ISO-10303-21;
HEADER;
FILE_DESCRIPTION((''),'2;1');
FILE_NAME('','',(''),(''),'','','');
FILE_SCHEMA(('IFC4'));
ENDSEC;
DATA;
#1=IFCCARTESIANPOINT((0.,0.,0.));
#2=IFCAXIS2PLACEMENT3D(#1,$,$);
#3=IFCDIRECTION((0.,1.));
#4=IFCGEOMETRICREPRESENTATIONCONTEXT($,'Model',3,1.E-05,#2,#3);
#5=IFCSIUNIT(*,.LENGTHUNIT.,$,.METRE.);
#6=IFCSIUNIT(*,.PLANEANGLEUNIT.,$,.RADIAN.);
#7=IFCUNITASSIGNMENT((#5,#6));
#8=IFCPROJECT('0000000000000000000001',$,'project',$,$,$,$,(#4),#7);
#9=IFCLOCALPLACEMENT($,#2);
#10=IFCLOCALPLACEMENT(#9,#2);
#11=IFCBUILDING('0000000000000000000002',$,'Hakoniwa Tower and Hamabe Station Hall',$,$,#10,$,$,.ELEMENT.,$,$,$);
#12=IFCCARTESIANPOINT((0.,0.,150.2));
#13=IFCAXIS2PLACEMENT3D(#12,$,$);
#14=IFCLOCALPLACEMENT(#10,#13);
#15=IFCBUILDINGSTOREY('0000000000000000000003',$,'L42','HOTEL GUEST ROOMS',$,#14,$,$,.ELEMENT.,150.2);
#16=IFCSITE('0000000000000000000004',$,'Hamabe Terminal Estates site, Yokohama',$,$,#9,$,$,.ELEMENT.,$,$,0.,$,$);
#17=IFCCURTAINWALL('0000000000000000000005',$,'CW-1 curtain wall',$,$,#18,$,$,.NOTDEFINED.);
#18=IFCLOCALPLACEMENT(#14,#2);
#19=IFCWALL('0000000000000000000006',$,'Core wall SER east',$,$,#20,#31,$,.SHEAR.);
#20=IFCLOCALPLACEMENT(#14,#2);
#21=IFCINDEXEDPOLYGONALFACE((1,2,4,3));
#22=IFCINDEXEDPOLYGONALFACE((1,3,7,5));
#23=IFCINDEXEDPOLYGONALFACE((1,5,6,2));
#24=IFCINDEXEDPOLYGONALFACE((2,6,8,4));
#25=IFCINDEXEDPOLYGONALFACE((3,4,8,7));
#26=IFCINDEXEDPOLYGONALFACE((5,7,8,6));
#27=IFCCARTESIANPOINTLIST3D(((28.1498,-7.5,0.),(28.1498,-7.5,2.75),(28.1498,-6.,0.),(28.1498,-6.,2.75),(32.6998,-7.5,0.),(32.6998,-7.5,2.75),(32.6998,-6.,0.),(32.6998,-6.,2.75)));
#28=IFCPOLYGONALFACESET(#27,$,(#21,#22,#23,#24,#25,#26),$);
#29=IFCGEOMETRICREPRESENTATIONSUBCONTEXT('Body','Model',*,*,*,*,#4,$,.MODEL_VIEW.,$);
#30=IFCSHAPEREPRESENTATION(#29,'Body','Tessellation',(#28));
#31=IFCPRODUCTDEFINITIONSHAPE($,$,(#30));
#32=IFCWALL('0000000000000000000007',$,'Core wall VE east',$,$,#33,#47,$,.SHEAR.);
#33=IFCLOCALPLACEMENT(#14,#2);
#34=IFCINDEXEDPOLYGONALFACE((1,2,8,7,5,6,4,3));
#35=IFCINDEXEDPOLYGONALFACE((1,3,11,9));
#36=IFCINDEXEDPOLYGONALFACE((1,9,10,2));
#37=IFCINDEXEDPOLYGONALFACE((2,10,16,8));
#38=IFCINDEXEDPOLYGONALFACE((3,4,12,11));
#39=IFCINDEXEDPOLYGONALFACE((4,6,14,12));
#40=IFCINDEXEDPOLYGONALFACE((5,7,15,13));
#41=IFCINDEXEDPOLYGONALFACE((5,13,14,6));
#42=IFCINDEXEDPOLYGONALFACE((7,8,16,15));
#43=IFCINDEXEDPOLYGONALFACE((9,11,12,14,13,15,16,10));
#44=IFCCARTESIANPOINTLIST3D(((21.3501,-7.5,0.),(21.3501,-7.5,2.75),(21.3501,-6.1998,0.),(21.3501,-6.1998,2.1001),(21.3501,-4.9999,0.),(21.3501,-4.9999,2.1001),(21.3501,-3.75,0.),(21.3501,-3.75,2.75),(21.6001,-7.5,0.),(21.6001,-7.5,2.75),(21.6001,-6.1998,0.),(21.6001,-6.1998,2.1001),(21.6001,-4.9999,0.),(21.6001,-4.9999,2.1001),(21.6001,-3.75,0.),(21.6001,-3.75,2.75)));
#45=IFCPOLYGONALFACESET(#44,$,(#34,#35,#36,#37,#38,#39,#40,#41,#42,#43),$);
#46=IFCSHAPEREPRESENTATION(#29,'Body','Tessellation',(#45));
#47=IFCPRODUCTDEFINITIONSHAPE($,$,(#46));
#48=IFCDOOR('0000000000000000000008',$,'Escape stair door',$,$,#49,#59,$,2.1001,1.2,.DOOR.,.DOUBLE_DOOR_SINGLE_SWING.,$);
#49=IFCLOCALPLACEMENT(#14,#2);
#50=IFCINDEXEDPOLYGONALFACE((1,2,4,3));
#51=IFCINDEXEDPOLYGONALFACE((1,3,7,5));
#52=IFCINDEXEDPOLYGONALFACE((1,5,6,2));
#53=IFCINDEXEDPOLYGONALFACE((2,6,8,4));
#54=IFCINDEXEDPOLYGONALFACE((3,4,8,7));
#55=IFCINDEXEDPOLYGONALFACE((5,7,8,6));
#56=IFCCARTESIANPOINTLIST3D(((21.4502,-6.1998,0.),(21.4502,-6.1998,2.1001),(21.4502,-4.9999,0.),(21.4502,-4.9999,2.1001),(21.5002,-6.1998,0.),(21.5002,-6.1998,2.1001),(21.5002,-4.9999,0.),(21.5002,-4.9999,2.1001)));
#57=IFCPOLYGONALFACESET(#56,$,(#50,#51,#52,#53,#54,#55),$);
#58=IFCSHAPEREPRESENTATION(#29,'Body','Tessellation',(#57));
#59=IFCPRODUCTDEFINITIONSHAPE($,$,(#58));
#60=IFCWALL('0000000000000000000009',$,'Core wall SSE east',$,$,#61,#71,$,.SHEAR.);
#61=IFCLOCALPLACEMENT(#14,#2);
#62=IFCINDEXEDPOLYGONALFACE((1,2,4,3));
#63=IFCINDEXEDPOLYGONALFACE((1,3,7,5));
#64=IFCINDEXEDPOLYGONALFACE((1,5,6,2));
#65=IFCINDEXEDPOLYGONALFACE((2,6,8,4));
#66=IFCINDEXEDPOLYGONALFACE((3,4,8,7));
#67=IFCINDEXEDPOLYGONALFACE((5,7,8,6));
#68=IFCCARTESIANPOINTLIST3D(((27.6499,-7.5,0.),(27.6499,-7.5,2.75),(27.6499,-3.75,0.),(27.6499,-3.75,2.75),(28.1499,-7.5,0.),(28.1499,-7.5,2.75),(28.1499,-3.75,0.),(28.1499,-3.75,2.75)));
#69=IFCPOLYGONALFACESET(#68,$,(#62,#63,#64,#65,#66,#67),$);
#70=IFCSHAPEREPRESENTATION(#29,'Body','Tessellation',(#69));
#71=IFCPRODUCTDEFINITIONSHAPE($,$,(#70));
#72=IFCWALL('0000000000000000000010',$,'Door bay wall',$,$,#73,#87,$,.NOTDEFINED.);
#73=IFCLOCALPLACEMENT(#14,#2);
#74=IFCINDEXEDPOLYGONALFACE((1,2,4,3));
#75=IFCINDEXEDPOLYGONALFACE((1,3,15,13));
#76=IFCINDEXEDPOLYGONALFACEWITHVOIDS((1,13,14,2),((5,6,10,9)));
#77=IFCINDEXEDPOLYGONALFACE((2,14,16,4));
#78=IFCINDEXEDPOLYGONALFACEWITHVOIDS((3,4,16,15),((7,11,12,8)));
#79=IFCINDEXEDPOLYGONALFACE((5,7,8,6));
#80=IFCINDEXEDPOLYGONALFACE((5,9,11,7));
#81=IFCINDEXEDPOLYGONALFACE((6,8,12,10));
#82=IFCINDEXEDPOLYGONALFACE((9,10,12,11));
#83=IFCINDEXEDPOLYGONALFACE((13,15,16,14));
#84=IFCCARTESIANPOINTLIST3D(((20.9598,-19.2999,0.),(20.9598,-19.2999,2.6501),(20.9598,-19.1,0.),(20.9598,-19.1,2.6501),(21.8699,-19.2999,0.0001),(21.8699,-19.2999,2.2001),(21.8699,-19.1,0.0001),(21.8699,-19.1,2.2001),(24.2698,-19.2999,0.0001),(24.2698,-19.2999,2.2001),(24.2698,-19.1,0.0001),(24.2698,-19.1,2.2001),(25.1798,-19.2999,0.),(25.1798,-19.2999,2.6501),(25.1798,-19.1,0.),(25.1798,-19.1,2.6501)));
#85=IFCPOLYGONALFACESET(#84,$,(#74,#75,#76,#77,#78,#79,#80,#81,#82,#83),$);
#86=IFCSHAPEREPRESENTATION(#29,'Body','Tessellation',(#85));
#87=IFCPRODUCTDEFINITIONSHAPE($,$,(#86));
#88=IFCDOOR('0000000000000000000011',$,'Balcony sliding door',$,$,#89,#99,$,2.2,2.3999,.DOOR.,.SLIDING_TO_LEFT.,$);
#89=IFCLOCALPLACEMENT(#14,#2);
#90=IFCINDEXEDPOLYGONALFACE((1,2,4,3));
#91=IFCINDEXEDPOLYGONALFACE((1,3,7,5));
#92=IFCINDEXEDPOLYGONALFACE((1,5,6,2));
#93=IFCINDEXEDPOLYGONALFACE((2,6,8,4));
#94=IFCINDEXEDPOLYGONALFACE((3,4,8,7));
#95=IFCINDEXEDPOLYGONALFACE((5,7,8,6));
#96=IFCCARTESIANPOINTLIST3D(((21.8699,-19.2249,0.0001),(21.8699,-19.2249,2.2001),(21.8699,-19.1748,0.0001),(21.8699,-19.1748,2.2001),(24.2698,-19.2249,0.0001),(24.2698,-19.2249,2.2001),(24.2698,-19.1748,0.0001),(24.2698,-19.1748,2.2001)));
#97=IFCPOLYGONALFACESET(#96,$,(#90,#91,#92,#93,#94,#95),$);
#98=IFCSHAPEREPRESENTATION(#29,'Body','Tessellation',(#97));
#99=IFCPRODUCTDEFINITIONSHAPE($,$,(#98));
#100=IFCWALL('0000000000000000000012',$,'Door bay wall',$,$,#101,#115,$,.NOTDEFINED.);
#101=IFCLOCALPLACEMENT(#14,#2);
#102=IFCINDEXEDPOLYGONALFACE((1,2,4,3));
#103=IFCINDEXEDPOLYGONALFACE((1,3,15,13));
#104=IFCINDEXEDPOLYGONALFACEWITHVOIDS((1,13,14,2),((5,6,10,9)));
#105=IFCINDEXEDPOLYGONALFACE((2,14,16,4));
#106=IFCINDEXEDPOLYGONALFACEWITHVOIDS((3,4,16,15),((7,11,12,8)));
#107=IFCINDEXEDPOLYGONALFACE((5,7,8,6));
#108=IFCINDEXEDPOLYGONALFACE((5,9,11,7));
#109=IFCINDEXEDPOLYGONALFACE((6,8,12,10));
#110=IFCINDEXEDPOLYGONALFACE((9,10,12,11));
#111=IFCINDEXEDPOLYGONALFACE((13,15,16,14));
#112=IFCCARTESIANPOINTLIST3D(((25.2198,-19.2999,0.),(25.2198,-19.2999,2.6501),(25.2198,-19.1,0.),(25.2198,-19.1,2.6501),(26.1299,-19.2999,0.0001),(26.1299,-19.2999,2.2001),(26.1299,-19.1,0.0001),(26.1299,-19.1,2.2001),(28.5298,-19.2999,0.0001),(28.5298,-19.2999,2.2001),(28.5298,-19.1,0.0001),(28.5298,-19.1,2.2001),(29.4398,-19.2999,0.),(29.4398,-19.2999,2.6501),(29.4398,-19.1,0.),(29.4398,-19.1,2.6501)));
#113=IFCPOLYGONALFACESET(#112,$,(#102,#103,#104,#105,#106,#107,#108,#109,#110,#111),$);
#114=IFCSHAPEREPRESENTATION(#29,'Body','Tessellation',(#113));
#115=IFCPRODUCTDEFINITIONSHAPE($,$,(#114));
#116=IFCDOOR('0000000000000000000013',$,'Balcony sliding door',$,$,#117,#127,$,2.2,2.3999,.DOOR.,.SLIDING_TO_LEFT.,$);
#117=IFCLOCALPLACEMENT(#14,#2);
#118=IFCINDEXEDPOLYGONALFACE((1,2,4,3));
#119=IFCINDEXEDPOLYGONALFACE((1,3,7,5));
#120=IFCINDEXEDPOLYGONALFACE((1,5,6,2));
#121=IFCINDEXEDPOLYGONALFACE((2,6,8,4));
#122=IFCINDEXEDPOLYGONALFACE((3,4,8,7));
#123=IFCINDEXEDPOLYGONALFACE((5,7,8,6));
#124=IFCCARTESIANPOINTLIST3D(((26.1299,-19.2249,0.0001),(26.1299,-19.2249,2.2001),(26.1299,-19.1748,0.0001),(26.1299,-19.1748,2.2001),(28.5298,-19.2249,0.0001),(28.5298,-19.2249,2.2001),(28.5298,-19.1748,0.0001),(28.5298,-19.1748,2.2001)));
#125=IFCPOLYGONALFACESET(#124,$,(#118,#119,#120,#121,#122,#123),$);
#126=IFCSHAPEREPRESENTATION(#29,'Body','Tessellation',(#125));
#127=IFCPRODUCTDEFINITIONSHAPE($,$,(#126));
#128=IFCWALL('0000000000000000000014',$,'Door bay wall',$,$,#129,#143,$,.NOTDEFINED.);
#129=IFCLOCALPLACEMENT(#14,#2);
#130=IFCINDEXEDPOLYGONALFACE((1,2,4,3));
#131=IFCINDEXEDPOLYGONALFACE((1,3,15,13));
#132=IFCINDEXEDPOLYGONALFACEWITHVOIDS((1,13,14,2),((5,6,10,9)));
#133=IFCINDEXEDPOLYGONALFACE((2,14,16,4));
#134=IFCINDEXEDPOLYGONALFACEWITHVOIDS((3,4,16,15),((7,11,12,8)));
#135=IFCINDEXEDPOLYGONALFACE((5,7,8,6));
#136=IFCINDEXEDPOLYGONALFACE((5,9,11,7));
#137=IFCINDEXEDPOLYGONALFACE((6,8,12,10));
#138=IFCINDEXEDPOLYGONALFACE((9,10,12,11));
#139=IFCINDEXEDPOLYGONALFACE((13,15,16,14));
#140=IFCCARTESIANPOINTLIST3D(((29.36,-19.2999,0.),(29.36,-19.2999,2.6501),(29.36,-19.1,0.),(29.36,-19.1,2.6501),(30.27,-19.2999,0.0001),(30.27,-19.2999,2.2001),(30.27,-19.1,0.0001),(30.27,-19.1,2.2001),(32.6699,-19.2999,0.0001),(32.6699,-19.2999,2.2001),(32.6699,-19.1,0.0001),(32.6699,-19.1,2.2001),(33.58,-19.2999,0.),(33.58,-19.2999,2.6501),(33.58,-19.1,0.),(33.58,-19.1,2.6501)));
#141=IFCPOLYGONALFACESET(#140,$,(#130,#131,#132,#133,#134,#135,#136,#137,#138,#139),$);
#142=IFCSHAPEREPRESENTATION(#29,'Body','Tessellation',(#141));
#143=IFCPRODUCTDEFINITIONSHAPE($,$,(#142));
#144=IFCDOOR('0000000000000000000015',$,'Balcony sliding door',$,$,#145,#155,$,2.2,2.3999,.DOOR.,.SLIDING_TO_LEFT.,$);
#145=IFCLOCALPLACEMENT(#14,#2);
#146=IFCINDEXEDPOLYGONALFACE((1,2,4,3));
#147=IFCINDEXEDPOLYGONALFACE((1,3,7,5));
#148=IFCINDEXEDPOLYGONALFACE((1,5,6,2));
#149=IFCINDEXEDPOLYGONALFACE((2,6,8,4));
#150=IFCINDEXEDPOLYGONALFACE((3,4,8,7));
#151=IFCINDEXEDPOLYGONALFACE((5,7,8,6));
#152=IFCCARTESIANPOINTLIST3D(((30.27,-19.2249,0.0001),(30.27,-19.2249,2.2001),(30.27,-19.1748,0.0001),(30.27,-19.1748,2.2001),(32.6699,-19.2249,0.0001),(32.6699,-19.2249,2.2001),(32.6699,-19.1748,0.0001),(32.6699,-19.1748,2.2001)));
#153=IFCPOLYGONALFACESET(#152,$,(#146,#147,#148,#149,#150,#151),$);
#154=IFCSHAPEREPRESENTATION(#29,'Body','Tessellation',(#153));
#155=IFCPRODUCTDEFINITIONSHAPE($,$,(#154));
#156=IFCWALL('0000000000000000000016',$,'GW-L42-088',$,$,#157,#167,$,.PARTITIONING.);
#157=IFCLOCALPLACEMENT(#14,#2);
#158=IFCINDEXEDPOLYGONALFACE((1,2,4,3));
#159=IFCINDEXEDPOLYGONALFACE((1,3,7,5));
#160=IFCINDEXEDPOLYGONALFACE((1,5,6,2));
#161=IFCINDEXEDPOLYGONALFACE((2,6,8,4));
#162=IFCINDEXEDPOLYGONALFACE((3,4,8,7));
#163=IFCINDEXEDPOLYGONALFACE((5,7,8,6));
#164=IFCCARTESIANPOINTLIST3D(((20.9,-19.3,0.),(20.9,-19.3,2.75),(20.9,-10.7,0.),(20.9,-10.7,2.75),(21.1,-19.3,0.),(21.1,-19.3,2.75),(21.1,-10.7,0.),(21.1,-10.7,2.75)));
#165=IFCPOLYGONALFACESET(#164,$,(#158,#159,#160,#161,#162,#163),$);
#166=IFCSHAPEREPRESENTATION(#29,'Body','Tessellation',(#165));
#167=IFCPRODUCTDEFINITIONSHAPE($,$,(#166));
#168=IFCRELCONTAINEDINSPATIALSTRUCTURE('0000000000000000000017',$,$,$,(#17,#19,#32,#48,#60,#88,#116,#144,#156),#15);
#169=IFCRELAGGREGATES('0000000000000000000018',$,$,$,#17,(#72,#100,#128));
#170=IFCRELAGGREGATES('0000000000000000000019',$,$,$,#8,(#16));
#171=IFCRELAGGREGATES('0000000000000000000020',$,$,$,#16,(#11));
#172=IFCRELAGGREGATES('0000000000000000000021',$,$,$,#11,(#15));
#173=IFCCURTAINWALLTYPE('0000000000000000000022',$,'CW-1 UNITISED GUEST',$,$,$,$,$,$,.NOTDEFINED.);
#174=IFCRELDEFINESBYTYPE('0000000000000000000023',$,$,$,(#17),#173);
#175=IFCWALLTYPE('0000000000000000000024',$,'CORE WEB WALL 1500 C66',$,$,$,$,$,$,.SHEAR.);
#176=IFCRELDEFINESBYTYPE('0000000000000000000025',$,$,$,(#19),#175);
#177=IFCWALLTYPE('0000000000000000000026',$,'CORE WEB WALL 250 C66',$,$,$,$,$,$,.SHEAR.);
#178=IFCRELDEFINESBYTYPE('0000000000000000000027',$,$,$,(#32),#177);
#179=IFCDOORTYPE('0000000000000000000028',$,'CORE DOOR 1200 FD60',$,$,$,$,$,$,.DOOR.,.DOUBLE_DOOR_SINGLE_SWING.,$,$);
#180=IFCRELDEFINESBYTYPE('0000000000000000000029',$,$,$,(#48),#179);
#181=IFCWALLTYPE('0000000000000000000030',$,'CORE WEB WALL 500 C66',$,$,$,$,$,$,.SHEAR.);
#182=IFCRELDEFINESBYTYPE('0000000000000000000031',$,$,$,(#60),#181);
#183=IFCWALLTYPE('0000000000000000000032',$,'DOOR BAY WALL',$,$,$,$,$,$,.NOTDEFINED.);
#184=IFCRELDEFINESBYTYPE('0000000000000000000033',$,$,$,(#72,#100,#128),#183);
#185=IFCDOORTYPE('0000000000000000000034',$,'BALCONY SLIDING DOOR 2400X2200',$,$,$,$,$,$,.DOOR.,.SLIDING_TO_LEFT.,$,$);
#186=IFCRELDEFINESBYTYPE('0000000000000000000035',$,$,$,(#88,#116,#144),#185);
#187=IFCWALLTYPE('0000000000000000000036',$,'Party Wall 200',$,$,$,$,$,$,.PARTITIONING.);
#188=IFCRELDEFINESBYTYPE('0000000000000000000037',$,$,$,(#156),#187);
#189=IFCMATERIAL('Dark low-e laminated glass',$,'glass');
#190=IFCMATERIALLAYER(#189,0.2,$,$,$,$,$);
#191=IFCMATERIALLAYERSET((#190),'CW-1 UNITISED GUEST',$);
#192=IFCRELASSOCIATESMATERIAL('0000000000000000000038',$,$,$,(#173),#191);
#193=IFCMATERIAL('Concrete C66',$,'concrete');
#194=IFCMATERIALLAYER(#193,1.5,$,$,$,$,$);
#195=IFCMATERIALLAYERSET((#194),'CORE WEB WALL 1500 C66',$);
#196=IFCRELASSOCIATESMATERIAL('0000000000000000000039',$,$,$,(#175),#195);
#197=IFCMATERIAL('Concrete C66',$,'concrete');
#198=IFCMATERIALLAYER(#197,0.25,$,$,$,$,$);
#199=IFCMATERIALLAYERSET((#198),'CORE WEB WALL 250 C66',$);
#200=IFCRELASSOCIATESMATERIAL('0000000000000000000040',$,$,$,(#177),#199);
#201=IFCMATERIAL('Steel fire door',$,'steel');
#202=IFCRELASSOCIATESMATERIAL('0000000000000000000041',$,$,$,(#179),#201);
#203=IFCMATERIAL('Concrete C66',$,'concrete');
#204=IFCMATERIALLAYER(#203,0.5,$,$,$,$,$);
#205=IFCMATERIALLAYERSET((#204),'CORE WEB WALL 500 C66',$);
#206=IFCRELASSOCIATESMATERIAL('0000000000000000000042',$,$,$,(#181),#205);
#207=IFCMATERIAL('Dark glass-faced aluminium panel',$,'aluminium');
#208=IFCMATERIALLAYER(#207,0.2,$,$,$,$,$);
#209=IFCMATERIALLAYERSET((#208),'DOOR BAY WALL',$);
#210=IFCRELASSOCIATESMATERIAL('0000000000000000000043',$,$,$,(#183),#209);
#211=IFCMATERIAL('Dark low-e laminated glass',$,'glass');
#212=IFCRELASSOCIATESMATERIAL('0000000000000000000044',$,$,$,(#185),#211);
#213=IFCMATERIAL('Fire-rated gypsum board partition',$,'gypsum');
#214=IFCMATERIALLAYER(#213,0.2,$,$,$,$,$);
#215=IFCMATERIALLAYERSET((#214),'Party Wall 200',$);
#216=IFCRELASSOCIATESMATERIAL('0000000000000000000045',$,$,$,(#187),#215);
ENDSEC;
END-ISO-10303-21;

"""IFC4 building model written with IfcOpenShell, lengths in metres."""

from ifc_helpers import new_model, si_unit, direction, frame, frame_2d, origin, place, context, subcontext, project, spatial, rectangle, extrude, material, layer, layer_set, type_object, element, fill, aggregate, save


model = new_model("IFC4")

# Units and contexts
model_context = context("Model", 3, precision=1e-05, world=origin(), true_north=direction((0.0, 1.0)))
body_context = subcontext(model_context, "Body", "Model", "MODEL_VIEW")
ifc_project = project(units=[si_unit("LENGTHUNIT", "METRE"), si_unit("PLANEANGLEUNIT", "RADIAN")], contexts=[model_context])

# Site, building, storey
site_placement = place(None, origin())
site = spatial("IfcSite", under=ifc_project, at=site_placement, Name="Hamabe Terminal Estates site, Yokohama", CompositionType="ELEMENT", RefElevation=0.0)
building_placement = place(site_placement, origin())
building = spatial("IfcBuilding", under=site, at=building_placement, Name="Hakoniwa Tower and Hamabe Station Hall", CompositionType="ELEMENT")
storey_placement = place(building_placement, frame((0.0, 0.0, 150.2)))
storey = spatial("IfcBuildingStorey", under=building, at=storey_placement, Name="L42", Description="HOTEL GUEST ROOMS", CompositionType="ELEMENT", Elevation=150.2)

# Curtain wall
ifc_material_1 = material(Name="Dark low-e laminated glass", Category="glass")
ifc_layer_1 = layer(ifc_material_1, 0.2)
ifc_layer_set_1 = layer_set([ifc_layer_1], Name="CW-1 UNITISED GUEST")
curtain_wall_type = type_object("IfcCurtainWallType", Name="CW-1 UNITISED GUEST", PredefinedType="NOTDEFINED", material=ifc_layer_set_1)
curtain_wall_placement = place(storey_placement, origin())
curtain_wall = element("IfcCurtainWall", 1, at=curtain_wall_placement, inside=storey, type_object=curtain_wall_type, Name="CW-1 curtain wall", PredefinedType="NOTDEFINED")

# Wall
ifc_material_2 = material(Name="Concrete C66", Category="concrete")
ifc_layer_2 = layer(ifc_material_2, 1.5)
ifc_layer_set_2 = layer_set([ifc_layer_2], Name="CORE WEB WALL 1500 C66")
wall_type_1 = type_object("IfcWallType", Name="CORE WEB WALL 1500 C66", PredefinedType="SHEAR", material=ifc_layer_set_2)
wall_1_placement = place(storey_placement, frame((28.1499, -6.75, 0.0), z_axis=(0.0, 0.0, 1.0), x_axis=(1.0, 0.0, 0.0)))
element("IfcWall", 2, at=wall_1_placement, inside=storey, type_object=wall_type_1, Name="Core wall SER east", PredefinedType="SHEAR", context=body_context, shape_type="SweptSolid", body=[
    extrude(rectangle(XDim=4.55, YDim=1.5, at=frame_2d((2.2749, 0.0))), origin(), (0.0, 0.0, 1.0), 2.75),
])

# Wall, opening, door
ifc_material_3 = material(Name="Concrete C66", Category="concrete")
ifc_layer_3 = layer(ifc_material_3, 0.25)
ifc_layer_set_3 = layer_set([ifc_layer_3], Name="CORE WEB WALL 250 C66")
wall_type_2 = type_object("IfcWallType", Name="CORE WEB WALL 250 C66", PredefinedType="SHEAR", material=ifc_layer_set_3)
wall_2_placement = place(storey_placement, frame((21.4751, -7.5, 0.0), z_axis=(0.0, 0.0, 1.0), x_axis=(0.0, 1.0, 0.0)))
wall_2 = element("IfcWall", 3, at=wall_2_placement, inside=storey, type_object=wall_type_2, Name="Core wall VE east", PredefinedType="SHEAR", context=body_context, shape_type="SweptSolid", body=[
    extrude(rectangle(XDim=3.75, YDim=0.25, at=frame_2d((1.875, 0.0))), origin(), (0.0, 0.0, 1.0), 2.75),
])
opening_1_placement = place(wall_2_placement, frame((1.3, 0.0, 0.0)))
opening_1 = element("IfcOpeningElement", 4, at=opening_1_placement, cuts=wall_2, PredefinedType="OPENING", context=body_context, shape_type="SweptSolid", body=[
    extrude(rectangle(XDim=1.2, YDim=2.1001, at=frame_2d((0.6001, 1.05))), frame((0.0, 0.135, 0.0), z_axis=(0.0, -1.0, 0.0), x_axis=(1.0, 0.0, 0.0)), (0.0, 0.0, 1.0), 0.27),
])
ifc_material_4 = material(Name="Steel fire door", Category="steel")
door_type_1 = type_object("IfcDoorType", Name="CORE DOOR 1200 FD60", OperationType="DOUBLE_DOOR_SINGLE_SWING", PredefinedType="DOOR", material=ifc_material_4)
door_1_placement = place(opening_1_placement, origin())
door_1 = element("IfcDoor", 5, at=door_1_placement, inside=storey, type_object=door_type_1, Name="Escape stair door", OperationType="DOUBLE_DOOR_SINGLE_SWING", OverallHeight=2.1001, OverallWidth=1.2, PredefinedType="DOOR", context=body_context, shape_type="SweptSolid", body=[
    extrude(rectangle(XDim=1.2, YDim=2.1001, at=frame_2d((0.6001, 1.05))), frame((0.0, 0.0249, 0.0), z_axis=(0.0, -1.0, 0.0), x_axis=(1.0, 0.0, 0.0)), (0.0, 0.0, 1.0), 0.05),
])
fill(opening_1, door_1)

# Wall
ifc_material_5 = material(Name="Concrete C66", Category="concrete")
ifc_layer_4 = layer(ifc_material_5, 0.5)
ifc_layer_set_4 = layer_set([ifc_layer_4], Name="CORE WEB WALL 500 C66")
wall_type_3 = type_object("IfcWallType", Name="CORE WEB WALL 500 C66", PredefinedType="SHEAR", material=ifc_layer_set_4)
wall_3_placement = place(storey_placement, frame((27.8999, -7.5, 0.0), z_axis=(0.0, 0.0, 1.0), x_axis=(0.0, 1.0, 0.0)))
element("IfcWall", 6, at=wall_3_placement, inside=storey, type_object=wall_type_3, Name="Core wall SSE east", PredefinedType="SHEAR", context=body_context, shape_type="SweptSolid", body=[
    extrude(rectangle(XDim=3.75, YDim=0.5, at=frame_2d((1.875, 0.0))), origin(), (0.0, 0.0, 1.0), 2.75),
])

# Walls, openings, doors
ifc_material_6 = material(Name="Dark glass-faced aluminium panel", Category="aluminium")
ifc_layer_5 = layer(ifc_material_6, 0.2)
ifc_layer_set_5 = layer_set([ifc_layer_5], Name="DOOR BAY WALL")
wall_type_4 = type_object("IfcWallType", Name="DOOR BAY WALL", PredefinedType="NOTDEFINED", material=ifc_layer_set_5)
wall_4_placement = place(storey_placement, frame((20.96, -19.2, 0.0), z_axis=(0.0, 0.0, 1.0), x_axis=(1.0, 0.0, 0.0)))
wall_4 = element("IfcWall", 7, at=wall_4_placement, type_object=wall_type_4, Name="Door bay wall", PredefinedType="NOTDEFINED", context=body_context, shape_type="SweptSolid", body=[
    extrude(rectangle(XDim=4.22, YDim=0.2, at=frame_2d((2.1099, 0.0))), origin(), (0.0, 0.0, 1.0), 2.6501),
])
opening_2_placement = place(wall_4_placement, frame((0.9099, 0.0, 0.0)))
opening_2 = element("IfcOpeningElement", 8, at=opening_2_placement, cuts=wall_4, PredefinedType="OPENING", context=body_context, shape_type="SweptSolid", body=[
    extrude(rectangle(XDim=2.3999, YDim=2.2, at=frame_2d((1.2, 1.1001))), frame((0.0, 0.1099, 0.0), z_axis=(0.0, -1.0, 0.0), x_axis=(1.0, 0.0, 0.0)), (0.0, 0.0, 1.0), 0.22),
])
ifc_material_7 = material(Name="Dark low-e laminated glass", Category="glass")
door_type_2 = type_object("IfcDoorType", Name="BALCONY SLIDING DOOR 2400X2200", OperationType="SLIDING_TO_LEFT", PredefinedType="DOOR", material=ifc_material_7)
door_2_placement = place(opening_2_placement, frame((2.3999, 0.0, 0.0), z_axis=(0.0, 0.0, 1.0), x_axis=(-1.0, 0.0, 0.0)))
door_2 = element("IfcDoor", 9, at=door_2_placement, inside=storey, type_object=door_type_2, Name="Balcony sliding door", OperationType="SLIDING_TO_LEFT", OverallHeight=2.2, OverallWidth=2.3999, PredefinedType="DOOR", context=body_context, shape_type="SweptSolid", body=[
    extrude(rectangle(XDim=2.3999, YDim=2.2, at=frame_2d((1.2, 1.1001))), frame((0.0, 0.0249, 0.0), z_axis=(0.0, -1.0, 0.0), x_axis=(1.0, 0.0, 0.0)), (0.0, 0.0, 1.0), 0.05),
])
fill(opening_2, door_2)
wall_5_placement = place(storey_placement, frame((25.22, -19.2, 0.0), z_axis=(0.0, 0.0, 1.0), x_axis=(1.0, 0.0, 0.0)))
wall_5 = element("IfcWall", 10, at=wall_5_placement, type_object=wall_type_4, Name="Door bay wall", PredefinedType="NOTDEFINED", context=body_context, shape_type="SweptSolid", body=[
    extrude(rectangle(XDim=4.22, YDim=0.2, at=frame_2d((2.1099, 0.0))), origin(), (0.0, 0.0, 1.0), 2.6501),
])
opening_3_placement = place(wall_5_placement, frame((0.9099, 0.0, 0.0)))
opening_3 = element("IfcOpeningElement", 11, at=opening_3_placement, cuts=wall_5, PredefinedType="OPENING", context=body_context, shape_type="SweptSolid", body=[
    extrude(rectangle(XDim=2.3999, YDim=2.2, at=frame_2d((1.2, 1.1001))), frame((0.0, 0.1099, 0.0), z_axis=(0.0, -1.0, 0.0), x_axis=(1.0, 0.0, 0.0)), (0.0, 0.0, 1.0), 0.22),
])
door_3_placement = place(opening_3_placement, frame((2.3999, 0.0, 0.0), z_axis=(0.0, 0.0, 1.0), x_axis=(-1.0, 0.0, 0.0)))
door_3 = element("IfcDoor", 12, at=door_3_placement, inside=storey, type_object=door_type_2, Name="Balcony sliding door", OperationType="SLIDING_TO_LEFT", OverallHeight=2.2, OverallWidth=2.3999, PredefinedType="DOOR", context=body_context, shape_type="SweptSolid", body=[
    extrude(rectangle(XDim=2.3999, YDim=2.2, at=frame_2d((1.2, 1.1001))), frame((0.0, 0.0249, 0.0), z_axis=(0.0, -1.0, 0.0), x_axis=(1.0, 0.0, 0.0)), (0.0, 0.0, 1.0), 0.05),
])
fill(opening_3, door_3)
wall_6_placement = place(storey_placement, frame((29.3601, -19.2, 0.0), z_axis=(0.0, 0.0, 1.0), x_axis=(1.0, 0.0, 0.0)))
wall_6 = element("IfcWall", 13, at=wall_6_placement, type_object=wall_type_4, Name="Door bay wall", PredefinedType="NOTDEFINED", context=body_context, shape_type="SweptSolid", body=[
    extrude(rectangle(XDim=4.22, YDim=0.2, at=frame_2d((2.1099, 0.0))), origin(), (0.0, 0.0, 1.0), 2.6501),
])
opening_4_placement = place(wall_6_placement, frame((0.9099, 0.0, 0.0)))
opening_4 = element("IfcOpeningElement", 14, at=opening_4_placement, cuts=wall_6, PredefinedType="OPENING", context=body_context, shape_type="SweptSolid", body=[
    extrude(rectangle(XDim=2.3999, YDim=2.2, at=frame_2d((1.2, 1.1001))), frame((0.0, 0.1099, 0.0), z_axis=(0.0, -1.0, 0.0), x_axis=(1.0, 0.0, 0.0)), (0.0, 0.0, 1.0), 0.22),
])
door_4_placement = place(opening_4_placement, frame((2.3999, 0.0, 0.0), z_axis=(0.0, 0.0, 1.0), x_axis=(-1.0, 0.0, 0.0)))
door_4 = element("IfcDoor", 15, at=door_4_placement, inside=storey, type_object=door_type_2, Name="Balcony sliding door", OperationType="SLIDING_TO_LEFT", OverallHeight=2.2, OverallWidth=2.3999, PredefinedType="DOOR", context=body_context, shape_type="SweptSolid", body=[
    extrude(rectangle(XDim=2.3999, YDim=2.2, at=frame_2d((1.2, 1.1001))), frame((0.0, 0.0249, 0.0), z_axis=(0.0, -1.0, 0.0), x_axis=(1.0, 0.0, 0.0)), (0.0, 0.0, 1.0), 0.05),
])
fill(opening_4, door_4)
aggregate(curtain_wall, [wall_4, wall_5, wall_6])

# Wall
ifc_material_8 = material(Name="Fire-rated gypsum board partition", Category="gypsum")
ifc_layer_6 = layer(ifc_material_8, 0.2)
ifc_layer_set_6 = layer_set([ifc_layer_6], Name="Party Wall 200")
wall_type_5 = type_object("IfcWallType", Name="Party Wall 200", PredefinedType="PARTITIONING", material=ifc_layer_set_6)
for number, where, z_axis, x_axis, name in (
    (16, (21.0, -19.3, 0.0), (0.0, 0.0, 1.0), (0.0, 1.0, 0.0), "GW-L42-088"),
):
    element("IfcWall", number, at=place(storey_placement, frame(where, z_axis=z_axis, x_axis=x_axis)), inside=storey, type_object=wall_type_5, Name=name, PredefinedType="PARTITIONING", context=body_context, shape_type="SweptSolid", body=[
        extrude(rectangle(XDim=8.6001, YDim=0.2, at=frame_2d((4.3, 0.0))), origin(), (0.0, 0.0, 1.0), 2.75),
    ])

save(model, "model.ifc")
